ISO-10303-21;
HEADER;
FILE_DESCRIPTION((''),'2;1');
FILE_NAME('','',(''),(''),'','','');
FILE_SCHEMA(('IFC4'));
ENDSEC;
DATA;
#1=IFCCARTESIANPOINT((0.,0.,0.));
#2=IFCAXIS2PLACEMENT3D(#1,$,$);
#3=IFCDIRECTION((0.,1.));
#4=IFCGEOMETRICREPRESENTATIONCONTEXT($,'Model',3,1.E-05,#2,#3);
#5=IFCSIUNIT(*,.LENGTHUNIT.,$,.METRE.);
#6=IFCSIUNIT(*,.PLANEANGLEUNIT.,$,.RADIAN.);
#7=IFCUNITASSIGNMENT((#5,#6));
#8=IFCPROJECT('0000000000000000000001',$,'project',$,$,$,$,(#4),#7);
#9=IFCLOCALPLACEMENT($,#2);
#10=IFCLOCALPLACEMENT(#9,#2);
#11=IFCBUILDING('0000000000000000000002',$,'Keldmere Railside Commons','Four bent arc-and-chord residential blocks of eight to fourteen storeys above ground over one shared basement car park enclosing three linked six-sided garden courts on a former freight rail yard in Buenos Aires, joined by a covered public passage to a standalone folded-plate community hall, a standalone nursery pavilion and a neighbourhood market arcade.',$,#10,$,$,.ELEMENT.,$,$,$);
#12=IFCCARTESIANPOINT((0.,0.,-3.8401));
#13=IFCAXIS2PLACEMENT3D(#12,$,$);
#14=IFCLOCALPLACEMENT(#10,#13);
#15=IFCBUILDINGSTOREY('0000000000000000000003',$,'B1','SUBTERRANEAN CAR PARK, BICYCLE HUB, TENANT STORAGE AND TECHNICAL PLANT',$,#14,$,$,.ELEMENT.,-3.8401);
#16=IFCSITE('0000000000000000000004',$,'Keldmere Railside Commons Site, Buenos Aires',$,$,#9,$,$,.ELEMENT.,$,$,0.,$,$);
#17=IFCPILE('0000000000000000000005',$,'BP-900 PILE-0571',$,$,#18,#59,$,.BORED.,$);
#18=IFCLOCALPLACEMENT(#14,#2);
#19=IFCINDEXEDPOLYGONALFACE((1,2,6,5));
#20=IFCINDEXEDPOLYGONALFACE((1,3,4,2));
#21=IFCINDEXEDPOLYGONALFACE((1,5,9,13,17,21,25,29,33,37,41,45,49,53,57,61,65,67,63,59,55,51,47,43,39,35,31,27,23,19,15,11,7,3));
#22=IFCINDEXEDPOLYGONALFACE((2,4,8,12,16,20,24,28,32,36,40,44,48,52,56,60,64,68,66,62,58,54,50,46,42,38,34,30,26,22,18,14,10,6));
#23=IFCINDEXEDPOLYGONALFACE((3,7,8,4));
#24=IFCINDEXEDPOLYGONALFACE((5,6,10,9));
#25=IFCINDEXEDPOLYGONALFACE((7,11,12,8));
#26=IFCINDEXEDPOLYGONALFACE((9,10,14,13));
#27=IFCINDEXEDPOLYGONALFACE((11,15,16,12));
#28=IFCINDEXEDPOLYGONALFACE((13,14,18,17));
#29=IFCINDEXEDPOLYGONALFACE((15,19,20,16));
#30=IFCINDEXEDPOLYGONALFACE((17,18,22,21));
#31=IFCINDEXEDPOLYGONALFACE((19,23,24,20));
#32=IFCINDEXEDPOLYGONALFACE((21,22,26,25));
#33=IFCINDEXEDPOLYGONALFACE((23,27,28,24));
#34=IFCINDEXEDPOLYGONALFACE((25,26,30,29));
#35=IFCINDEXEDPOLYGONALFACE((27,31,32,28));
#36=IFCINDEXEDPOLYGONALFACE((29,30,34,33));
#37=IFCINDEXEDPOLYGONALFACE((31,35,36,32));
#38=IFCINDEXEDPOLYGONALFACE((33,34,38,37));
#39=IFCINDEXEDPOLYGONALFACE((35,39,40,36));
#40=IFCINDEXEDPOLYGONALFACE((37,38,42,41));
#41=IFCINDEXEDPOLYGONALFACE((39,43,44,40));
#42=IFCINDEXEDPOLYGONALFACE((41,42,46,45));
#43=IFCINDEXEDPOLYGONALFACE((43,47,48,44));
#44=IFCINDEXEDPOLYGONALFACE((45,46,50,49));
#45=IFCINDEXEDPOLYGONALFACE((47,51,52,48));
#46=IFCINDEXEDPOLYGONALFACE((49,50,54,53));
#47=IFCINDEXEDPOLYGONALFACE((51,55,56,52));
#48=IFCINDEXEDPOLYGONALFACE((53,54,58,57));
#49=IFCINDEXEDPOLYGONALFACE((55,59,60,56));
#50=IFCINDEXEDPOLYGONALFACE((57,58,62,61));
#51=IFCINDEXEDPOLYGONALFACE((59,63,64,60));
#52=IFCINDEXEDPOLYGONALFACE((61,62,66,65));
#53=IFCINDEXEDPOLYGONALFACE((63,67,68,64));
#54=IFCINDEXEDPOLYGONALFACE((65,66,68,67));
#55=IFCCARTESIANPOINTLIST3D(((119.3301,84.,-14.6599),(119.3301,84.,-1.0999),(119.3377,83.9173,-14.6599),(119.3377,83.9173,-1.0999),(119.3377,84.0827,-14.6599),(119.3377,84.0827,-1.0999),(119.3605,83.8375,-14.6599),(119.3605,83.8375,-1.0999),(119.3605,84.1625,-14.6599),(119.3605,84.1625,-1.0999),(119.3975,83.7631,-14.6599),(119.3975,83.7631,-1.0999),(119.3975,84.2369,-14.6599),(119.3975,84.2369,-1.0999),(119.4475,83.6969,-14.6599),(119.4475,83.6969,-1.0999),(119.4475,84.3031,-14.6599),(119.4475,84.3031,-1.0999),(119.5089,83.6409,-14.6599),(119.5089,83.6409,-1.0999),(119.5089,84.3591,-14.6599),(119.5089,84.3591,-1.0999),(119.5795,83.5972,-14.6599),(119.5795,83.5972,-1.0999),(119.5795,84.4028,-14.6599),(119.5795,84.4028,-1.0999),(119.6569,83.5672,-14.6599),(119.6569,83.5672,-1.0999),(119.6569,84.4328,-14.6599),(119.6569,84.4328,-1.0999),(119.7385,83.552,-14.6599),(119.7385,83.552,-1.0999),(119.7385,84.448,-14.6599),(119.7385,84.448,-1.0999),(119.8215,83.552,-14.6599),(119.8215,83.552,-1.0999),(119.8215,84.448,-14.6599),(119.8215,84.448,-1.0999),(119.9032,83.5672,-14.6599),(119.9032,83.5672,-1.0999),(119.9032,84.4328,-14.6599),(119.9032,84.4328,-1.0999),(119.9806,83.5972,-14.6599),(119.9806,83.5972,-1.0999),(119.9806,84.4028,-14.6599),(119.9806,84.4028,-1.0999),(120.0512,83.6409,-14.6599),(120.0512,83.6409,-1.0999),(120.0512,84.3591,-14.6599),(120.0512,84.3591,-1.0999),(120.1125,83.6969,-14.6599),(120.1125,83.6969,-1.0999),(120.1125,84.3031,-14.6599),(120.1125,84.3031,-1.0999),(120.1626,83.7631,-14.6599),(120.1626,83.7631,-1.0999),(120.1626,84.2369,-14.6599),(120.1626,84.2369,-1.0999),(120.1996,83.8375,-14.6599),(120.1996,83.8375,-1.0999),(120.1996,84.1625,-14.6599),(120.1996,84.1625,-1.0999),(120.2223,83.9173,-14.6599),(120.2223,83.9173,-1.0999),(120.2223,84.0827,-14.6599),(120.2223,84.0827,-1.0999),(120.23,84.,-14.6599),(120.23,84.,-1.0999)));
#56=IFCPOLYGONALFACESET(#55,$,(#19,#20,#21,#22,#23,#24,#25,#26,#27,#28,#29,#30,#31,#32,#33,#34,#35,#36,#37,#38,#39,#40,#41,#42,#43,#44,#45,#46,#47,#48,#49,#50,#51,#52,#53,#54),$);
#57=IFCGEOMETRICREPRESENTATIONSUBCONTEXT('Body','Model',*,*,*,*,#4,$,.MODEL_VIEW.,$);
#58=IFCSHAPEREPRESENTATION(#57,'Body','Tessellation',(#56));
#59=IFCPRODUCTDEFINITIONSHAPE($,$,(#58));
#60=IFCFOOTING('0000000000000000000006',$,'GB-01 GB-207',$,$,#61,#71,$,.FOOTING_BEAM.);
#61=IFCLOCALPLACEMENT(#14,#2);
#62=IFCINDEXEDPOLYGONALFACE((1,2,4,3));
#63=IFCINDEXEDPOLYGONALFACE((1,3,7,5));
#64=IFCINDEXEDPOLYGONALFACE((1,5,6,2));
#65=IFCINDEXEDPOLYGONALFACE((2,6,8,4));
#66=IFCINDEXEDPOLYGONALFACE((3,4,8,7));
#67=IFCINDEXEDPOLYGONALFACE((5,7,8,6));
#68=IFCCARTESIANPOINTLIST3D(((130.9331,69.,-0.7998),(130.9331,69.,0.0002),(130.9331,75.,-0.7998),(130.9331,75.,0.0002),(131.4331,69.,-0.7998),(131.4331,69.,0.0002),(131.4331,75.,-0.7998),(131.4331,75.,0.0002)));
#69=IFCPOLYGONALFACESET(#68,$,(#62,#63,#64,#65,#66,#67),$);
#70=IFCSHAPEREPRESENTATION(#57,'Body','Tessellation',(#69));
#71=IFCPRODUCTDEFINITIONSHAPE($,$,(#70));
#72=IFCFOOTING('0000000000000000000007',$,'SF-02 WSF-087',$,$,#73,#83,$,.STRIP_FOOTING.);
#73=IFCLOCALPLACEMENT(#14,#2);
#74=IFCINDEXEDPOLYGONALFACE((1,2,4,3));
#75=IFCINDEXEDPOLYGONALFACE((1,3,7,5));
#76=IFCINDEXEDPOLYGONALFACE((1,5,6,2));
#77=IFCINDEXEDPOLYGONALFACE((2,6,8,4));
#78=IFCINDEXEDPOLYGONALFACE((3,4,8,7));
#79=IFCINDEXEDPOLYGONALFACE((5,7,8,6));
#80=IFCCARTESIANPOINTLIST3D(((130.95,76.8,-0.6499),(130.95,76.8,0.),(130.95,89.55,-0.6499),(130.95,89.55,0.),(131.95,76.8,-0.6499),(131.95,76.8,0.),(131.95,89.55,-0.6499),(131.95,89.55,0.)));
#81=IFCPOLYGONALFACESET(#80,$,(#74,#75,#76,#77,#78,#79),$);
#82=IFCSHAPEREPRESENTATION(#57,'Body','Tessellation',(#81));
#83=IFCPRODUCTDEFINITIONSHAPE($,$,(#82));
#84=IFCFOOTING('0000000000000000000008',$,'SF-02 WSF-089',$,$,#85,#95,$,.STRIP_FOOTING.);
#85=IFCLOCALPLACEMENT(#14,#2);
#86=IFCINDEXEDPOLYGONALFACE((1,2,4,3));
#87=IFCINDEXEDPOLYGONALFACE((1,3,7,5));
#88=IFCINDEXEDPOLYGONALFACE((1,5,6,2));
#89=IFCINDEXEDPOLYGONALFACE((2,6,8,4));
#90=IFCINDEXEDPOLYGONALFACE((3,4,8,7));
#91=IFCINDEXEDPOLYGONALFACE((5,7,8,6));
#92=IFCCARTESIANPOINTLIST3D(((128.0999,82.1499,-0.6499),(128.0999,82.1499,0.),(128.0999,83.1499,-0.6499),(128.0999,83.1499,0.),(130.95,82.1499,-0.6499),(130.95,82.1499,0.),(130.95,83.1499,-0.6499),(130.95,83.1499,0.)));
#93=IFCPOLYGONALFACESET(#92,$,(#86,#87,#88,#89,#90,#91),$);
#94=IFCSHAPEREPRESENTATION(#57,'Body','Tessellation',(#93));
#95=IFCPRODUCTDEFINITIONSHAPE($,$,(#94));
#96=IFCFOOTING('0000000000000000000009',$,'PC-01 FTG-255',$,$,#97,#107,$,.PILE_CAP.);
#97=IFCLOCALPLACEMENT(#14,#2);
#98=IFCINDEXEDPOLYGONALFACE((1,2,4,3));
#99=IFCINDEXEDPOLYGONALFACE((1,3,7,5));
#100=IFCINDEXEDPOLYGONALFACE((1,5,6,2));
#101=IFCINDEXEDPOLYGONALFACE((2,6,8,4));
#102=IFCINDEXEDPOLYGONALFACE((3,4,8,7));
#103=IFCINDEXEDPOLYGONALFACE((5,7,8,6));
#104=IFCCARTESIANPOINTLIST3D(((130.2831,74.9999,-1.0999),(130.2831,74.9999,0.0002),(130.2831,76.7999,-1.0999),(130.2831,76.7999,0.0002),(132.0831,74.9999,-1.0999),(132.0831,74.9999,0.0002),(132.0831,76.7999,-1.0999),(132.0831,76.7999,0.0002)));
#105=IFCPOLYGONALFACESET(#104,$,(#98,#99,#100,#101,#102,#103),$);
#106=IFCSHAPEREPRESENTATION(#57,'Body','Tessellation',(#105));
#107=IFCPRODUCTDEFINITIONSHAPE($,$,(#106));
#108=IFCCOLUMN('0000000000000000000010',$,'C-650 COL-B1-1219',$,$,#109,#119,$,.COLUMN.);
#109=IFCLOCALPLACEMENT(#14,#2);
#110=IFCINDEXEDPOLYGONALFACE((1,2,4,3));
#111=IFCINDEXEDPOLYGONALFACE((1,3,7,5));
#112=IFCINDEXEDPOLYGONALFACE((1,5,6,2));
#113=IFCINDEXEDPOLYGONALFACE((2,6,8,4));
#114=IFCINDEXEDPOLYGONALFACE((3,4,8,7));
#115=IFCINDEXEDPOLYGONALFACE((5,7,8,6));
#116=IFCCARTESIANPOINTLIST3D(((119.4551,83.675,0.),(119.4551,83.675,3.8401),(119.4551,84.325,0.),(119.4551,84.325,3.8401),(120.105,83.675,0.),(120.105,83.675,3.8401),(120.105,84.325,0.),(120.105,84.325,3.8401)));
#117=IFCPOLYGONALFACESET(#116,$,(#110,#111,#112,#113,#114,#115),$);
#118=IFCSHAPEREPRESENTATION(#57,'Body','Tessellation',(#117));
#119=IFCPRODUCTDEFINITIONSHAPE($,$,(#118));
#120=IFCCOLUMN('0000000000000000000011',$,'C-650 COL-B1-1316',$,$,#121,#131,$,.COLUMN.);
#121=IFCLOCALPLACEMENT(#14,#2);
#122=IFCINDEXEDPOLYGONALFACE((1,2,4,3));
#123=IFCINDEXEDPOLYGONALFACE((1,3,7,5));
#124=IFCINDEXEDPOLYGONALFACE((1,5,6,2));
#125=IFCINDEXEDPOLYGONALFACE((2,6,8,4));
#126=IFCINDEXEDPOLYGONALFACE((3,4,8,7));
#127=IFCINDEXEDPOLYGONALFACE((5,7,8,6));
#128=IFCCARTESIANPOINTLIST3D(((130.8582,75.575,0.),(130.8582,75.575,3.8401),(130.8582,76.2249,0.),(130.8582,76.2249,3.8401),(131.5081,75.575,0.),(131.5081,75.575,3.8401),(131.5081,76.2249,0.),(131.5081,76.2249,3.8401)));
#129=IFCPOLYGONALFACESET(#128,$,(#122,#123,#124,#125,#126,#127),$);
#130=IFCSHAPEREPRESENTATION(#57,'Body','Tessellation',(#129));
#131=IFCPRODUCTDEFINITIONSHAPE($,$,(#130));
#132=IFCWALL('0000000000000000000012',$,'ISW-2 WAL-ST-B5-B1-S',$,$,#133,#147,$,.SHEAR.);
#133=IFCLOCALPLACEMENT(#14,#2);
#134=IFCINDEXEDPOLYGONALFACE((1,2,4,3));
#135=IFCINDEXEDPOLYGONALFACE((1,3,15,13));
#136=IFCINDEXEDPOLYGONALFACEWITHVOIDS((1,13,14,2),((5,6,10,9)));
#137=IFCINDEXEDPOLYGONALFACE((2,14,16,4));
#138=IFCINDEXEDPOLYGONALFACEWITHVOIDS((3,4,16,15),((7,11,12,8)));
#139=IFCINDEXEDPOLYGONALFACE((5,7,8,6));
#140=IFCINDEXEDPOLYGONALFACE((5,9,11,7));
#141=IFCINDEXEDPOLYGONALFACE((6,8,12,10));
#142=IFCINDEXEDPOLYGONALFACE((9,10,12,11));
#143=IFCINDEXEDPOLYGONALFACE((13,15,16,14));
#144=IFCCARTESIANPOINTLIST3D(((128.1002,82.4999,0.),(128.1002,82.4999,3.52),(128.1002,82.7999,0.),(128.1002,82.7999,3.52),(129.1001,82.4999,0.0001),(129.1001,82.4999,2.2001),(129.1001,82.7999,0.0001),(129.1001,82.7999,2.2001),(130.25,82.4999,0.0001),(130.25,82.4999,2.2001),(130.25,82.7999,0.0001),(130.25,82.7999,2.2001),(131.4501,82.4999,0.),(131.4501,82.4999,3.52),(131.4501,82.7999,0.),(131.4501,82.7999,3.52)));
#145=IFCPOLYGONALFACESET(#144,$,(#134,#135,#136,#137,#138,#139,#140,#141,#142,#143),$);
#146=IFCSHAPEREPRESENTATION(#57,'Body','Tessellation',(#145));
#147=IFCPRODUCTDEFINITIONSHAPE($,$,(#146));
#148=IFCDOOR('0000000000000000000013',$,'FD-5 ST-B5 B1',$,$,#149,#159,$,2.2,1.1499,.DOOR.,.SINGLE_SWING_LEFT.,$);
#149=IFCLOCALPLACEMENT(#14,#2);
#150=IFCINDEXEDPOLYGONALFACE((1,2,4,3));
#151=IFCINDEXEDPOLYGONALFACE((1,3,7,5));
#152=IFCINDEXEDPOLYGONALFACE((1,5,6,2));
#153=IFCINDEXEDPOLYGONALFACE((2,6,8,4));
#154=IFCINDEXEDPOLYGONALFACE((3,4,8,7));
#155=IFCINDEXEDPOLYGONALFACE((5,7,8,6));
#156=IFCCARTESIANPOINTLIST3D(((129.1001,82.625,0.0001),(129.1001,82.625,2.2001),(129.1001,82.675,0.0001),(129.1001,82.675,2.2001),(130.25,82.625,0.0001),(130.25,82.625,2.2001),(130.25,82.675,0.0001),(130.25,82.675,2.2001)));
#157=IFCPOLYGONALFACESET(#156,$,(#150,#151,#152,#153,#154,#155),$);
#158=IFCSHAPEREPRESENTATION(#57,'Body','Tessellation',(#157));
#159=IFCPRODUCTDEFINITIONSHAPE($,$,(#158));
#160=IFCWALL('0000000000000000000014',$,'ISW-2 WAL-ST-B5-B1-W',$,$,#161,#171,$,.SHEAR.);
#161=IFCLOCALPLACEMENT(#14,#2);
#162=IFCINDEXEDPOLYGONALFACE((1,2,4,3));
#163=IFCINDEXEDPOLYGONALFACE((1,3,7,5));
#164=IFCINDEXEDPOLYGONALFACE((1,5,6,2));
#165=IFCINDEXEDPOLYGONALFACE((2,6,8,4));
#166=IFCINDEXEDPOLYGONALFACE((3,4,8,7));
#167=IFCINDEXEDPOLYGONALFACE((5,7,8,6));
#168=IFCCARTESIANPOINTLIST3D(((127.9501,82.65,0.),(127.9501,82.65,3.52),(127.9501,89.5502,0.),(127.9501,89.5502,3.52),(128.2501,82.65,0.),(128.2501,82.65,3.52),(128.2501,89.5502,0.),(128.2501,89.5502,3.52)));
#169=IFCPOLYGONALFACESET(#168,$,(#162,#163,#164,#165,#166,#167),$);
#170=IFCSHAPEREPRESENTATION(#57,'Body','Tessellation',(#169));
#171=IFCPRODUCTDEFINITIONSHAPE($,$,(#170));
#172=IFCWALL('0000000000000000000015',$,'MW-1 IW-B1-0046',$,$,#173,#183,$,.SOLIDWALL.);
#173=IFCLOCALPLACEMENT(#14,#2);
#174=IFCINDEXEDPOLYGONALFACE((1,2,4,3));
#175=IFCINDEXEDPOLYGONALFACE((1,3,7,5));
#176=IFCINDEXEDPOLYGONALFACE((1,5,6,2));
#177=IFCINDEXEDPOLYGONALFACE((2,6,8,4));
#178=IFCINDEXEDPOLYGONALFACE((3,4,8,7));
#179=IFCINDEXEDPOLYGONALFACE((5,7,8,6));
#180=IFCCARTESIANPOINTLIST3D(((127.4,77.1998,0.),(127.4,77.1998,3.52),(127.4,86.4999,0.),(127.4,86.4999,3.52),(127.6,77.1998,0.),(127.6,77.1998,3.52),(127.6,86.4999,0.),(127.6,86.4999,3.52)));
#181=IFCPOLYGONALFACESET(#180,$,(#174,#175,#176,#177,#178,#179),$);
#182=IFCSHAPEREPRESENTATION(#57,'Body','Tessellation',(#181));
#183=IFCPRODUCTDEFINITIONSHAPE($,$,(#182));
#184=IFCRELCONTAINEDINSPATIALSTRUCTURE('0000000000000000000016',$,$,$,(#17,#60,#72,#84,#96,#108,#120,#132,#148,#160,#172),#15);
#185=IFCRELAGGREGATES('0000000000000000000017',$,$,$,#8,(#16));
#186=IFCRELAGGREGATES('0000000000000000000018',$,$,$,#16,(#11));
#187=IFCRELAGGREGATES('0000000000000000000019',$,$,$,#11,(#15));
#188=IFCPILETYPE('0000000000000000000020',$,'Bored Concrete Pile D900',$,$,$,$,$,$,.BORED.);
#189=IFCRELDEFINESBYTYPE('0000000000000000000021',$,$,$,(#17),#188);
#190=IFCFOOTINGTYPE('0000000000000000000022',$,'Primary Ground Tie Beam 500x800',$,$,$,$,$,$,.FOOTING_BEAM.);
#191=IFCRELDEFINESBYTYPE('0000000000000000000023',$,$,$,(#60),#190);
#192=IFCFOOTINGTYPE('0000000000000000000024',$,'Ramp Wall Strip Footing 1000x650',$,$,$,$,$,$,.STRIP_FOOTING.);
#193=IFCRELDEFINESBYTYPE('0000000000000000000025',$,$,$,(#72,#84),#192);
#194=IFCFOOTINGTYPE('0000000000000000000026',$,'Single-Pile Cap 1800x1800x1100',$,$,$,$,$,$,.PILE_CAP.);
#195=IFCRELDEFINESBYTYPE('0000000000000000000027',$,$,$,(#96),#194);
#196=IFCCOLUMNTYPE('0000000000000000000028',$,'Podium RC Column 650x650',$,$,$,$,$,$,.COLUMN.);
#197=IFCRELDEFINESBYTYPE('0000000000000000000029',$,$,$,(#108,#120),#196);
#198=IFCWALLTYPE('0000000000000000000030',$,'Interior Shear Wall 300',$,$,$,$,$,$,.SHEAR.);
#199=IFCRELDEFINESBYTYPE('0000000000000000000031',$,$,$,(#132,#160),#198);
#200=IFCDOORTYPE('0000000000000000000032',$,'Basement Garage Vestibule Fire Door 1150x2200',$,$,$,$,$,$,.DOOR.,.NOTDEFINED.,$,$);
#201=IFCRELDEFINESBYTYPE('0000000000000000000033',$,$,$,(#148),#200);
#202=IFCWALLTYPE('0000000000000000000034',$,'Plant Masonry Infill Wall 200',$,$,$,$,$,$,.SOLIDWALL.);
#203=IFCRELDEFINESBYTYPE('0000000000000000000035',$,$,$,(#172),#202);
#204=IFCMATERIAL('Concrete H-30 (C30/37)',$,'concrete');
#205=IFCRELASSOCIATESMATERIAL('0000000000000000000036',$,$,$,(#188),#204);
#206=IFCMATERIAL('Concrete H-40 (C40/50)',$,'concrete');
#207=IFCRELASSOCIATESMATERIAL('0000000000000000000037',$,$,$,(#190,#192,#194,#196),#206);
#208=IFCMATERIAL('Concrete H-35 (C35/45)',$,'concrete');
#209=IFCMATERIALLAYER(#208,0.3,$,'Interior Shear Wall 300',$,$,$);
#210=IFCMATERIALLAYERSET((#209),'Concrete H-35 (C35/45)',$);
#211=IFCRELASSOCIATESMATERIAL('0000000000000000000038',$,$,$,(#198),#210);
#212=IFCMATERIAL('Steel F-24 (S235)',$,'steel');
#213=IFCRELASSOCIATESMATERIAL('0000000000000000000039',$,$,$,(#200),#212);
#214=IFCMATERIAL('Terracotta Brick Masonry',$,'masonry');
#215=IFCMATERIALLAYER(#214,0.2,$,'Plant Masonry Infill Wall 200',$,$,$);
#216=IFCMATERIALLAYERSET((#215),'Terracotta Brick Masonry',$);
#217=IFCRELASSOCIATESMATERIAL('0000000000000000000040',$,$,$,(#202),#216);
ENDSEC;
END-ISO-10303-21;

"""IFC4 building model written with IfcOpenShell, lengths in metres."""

from ifc_helpers import new_model, si_unit, direction, frame, frame_2d, origin, origin_2d, place, context, subcontext, project, spatial, rectangle, circle, extrude, material, layer, layer_set, material_profile, profile_set, type_object, element, fill, save


model = new_model("IFC4")

# Units and contexts
model_context = context("Model", 3, precision=1e-05, world=origin(), true_north=direction((0.0, 1.0)))
body_context = subcontext(model_context, "Body", "Model", "MODEL_VIEW")
ifc_project = project(units=[si_unit("LENGTHUNIT", "METRE"), si_unit("PLANEANGLEUNIT", "RADIAN")], contexts=[model_context])

# Site, building, storey
site_placement = place(None, origin())
site = spatial("IfcSite", under=ifc_project, at=site_placement, Name="Keldmere Railside Commons Site, Buenos Aires", CompositionType="ELEMENT", RefElevation=0.0)
building_placement = place(site_placement, origin())
building = spatial("IfcBuilding", under=site, at=building_placement, Name="Keldmere Railside Commons", Description="Four bent arc-and-chord residential blocks of eight to fourteen storeys above ground over one shared basement car park enclosing three linked six-sided garden courts on a former freight rail yard in Buenos Aires, joined by a covered public passage to a standalone folded-plate community hall, a standalone nursery pavilion and a neighbourhood market arcade.", CompositionType="ELEMENT")
storey_placement = place(building_placement, frame((0.0, 0.0, -3.8401)))
storey = spatial("IfcBuildingStorey", under=building, at=storey_placement, Name="B1", Description="SUBTERRANEAN CAR PARK, BICYCLE HUB, TENANT STORAGE AND TECHNICAL PLANT", CompositionType="ELEMENT", Elevation=-3.8401)

# Pile
ifc_material_1 = material(Name="Concrete H-30 (C30/37)", Category="concrete")
ifc_material_profile_1 = material_profile(ifc_material_1, circle(Radius=0.45, at=origin_2d()), Name="PILE-D900")
ifc_profile_set_1 = profile_set([ifc_material_profile_1], Name="Concrete H-30 (C30/37)")
pile_type_1 = type_object("IfcPileType", Name="Bored Concrete Pile D900", PredefinedType="BORED", material=ifc_profile_set_1)
pile_1_placement = place(storey_placement, frame((119.78, 84.0, -1.0999), z_axis=(0.0, 0.0, -1.0), x_axis=(1.0, 0.0, 0.0)))
element("IfcPile", 1, at=pile_1_placement, inside=storey, type_object=pile_type_1, Name="BP-900 PILE-0571", PredefinedType="BORED", context=body_context, shape_type="SweptSolid", body=[
    extrude(circle(Radius=0.45, at=origin_2d()), origin(), (0.0, 0.0, 1.0), 13.5601),
])

# Footings
ifc_material_2 = material(Name="Concrete H-40 (C40/50)", Category="concrete")
footing_type_1 = type_object("IfcFootingType", Name="Primary Ground Tie Beam 500x800", PredefinedType="FOOTING_BEAM", material=ifc_material_2)
footing_1_placement = place(storey_placement, frame((131.1831, 72.0, -0.7998), z_axis=(0.0, 0.0, 1.0), x_axis=(0.0, 1.0, 0.0)))
element("IfcFooting", 2, at=footing_1_placement, inside=storey, type_object=footing_type_1, Name="GB-01 GB-207", PredefinedType="FOOTING_BEAM", context=body_context, shape_type="SweptSolid", body=[
    extrude(rectangle(XDim=6.0, YDim=0.5, at=origin_2d()), origin(), (0.0, 0.0, 1.0), 0.8),
])
footing_type_2 = type_object("IfcFootingType", Name="Ramp Wall Strip Footing 1000x650", PredefinedType="STRIP_FOOTING", material=ifc_material_2)
footing_2_placement = place(storey_placement, frame((131.45, 83.175, -0.6499), z_axis=(0.0, 0.0, 1.0), x_axis=(0.0, 1.0, 0.0)))
element("IfcFooting", 3, at=footing_2_placement, inside=storey, type_object=footing_type_2, Name="SF-02 WSF-087", PredefinedType="STRIP_FOOTING", context=body_context, shape_type="SweptSolid", body=[
    extrude(rectangle(XDim=12.75, YDim=1.0, at=origin_2d()), origin(), (0.0, 0.0, 1.0), 0.6499),
])
footing_3_placement = place(storey_placement, frame((129.5249, 82.6499, -0.6499), z_axis=(0.0, 0.0, 1.0), x_axis=(1.0, 0.0, 0.0)))
element("IfcFooting", 4, at=footing_3_placement, inside=storey, type_object=footing_type_2, Name="SF-02 WSF-089", PredefinedType="STRIP_FOOTING", context=body_context, shape_type="SweptSolid", body=[
    extrude(rectangle(XDim=2.8501, YDim=1.0, at=origin_2d()), origin(), (0.0, 0.0, 1.0), 0.6499),
])
footing_type_3 = type_object("IfcFootingType", Name="Single-Pile Cap 1800x1800x1100", PredefinedType="PILE_CAP", material=ifc_material_2)
footing_4_placement = place(storey_placement, frame((131.1831, 75.8999, -1.0999), z_axis=(0.0, 0.0, 1.0), x_axis=(1.0, 0.0, 0.0)))
element("IfcFooting", 5, at=footing_4_placement, inside=storey, type_object=footing_type_3, Name="PC-01 FTG-255", PredefinedType="PILE_CAP", context=body_context, shape_type="SweptSolid", body=[
    extrude(rectangle(XDim=1.8, YDim=1.8, at=origin_2d()), origin(), (0.0, 0.0, 1.0), 1.1001),
])

# Columns
ifc_material_profile_2 = material_profile(ifc_material_2, rectangle(XDim=0.6499, YDim=0.6499, at=origin_2d()), Name="RC-650x650")
ifc_profile_set_2 = profile_set([ifc_material_profile_2], Name="Concrete H-40 (C40/50)")
column_type = type_object("IfcColumnType", Name="Podium RC Column 650x650", PredefinedType="COLUMN", material=ifc_profile_set_2)
for number, where, z_axis, x_axis, name in (
    (6, (119.78, 84.0, 0.0), (0.0, 0.0, 1.0), (1.0, 0.0, 0.0), "C-650 COL-B1-1219"),
    (7, (131.1831, 75.8999, 0.0), (0.0, 0.0, 1.0), (1.0, 0.0, 0.0), "C-650 COL-B1-1316"),
):
    element("IfcColumn", number, at=place(storey_placement, frame(where, z_axis=z_axis, x_axis=x_axis)), inside=storey, type_object=column_type, Name=name, PredefinedType="COLUMN", context=body_context, shape_type="SweptSolid", body=[
        extrude(rectangle(XDim=0.6499, YDim=0.6499, at=origin_2d()), origin(), (0.0, 0.0, 1.0), 3.8401),
    ])

# Wall, opening, door
ifc_material_3 = material(Name="Concrete H-35 (C35/45)", Category="concrete")
ifc_layer_1 = layer(ifc_material_3, 0.3, Name="Interior Shear Wall 300")
ifc_layer_set_1 = layer_set([ifc_layer_1], Name="Concrete H-35 (C35/45)")
wall_type_1 = type_object("IfcWallType", Name="Interior Shear Wall 300", PredefinedType="SHEAR", material=ifc_layer_set_1)
wall_1_placement = place(storey_placement, frame((131.45, 82.6499, 0.0), z_axis=(0.0, 0.0, 1.0), x_axis=(-1.0, 0.0, 0.0)))
wall_1 = element("IfcWall", 8, at=wall_1_placement, inside=storey, type_object=wall_type_1, Name="ISW-2 WAL-ST-B5-B1-S", PredefinedType="SHEAR", context=body_context, shape_type="SweptSolid", body=[
    extrude(rectangle(XDim=3.3499, YDim=0.3, at=frame_2d((1.6748, 0.0))), origin(), (0.0, 0.0, 1.0), 3.52),
])
opening_placement = place(wall_1_placement, frame((1.2, 0.0, 0.0)))
opening = element("IfcOpeningElement", 9, at=opening_placement, cuts=wall_1, PredefinedType="OPENING", context=body_context, shape_type="SweptSolid", body=[
    extrude(rectangle(XDim=1.1499, YDim=2.2, at=frame_2d((0.575, 1.1001))), frame((0.0, 0.1599, 0.0), z_axis=(0.0, -1.0, 0.0), x_axis=(1.0, 0.0, 0.0)), (0.0, 0.0, 1.0), 0.3201),
])
ifc_material_4 = material(Name="Steel F-24 (S235)", Category="steel")
door_type = type_object("IfcDoorType", Name="Basement Garage Vestibule Fire Door 1150x2200", OperationType="NOTDEFINED", PredefinedType="DOOR", material=ifc_material_4)
door_placement = place(opening_placement, origin())
door = element("IfcDoor", 10, at=door_placement, inside=storey, type_object=door_type, Name="FD-5 ST-B5 B1", OperationType="SINGLE_SWING_LEFT", OverallHeight=2.2, OverallWidth=1.1499, PredefinedType="DOOR", context=body_context, shape_type="SweptSolid", body=[
    extrude(rectangle(XDim=1.1499, YDim=2.2, at=frame_2d((0.575, 1.1001))), frame((0.0, 0.0249, 0.0), z_axis=(0.0, -1.0, 0.0), x_axis=(1.0, 0.0, 0.0)), (0.0, 0.0, 1.0), 0.05),
])
fill(opening, door)

# Walls
wall_2_placement = place(storey_placement, frame((128.1001, 82.6499, 0.0), z_axis=(0.0, 0.0, 1.0), x_axis=(0.0, 1.0, 0.0)))
element("IfcWall", 11, at=wall_2_placement, inside=storey, type_object=wall_type_1, Name="ISW-2 WAL-ST-B5-B1-W", PredefinedType="SHEAR", context=body_context, shape_type="SweptSolid", body=[
    extrude(rectangle(XDim=6.9001, YDim=0.3, at=frame_2d((3.4502, 0.0))), origin(), (0.0, 0.0, 1.0), 3.52),
])
ifc_material_5 = material(Name="Terracotta Brick Masonry", Category="masonry")
ifc_layer_2 = layer(ifc_material_5, 0.2, Name="Plant Masonry Infill Wall 200")
ifc_layer_set_2 = layer_set([ifc_layer_2], Name="Terracotta Brick Masonry")
wall_type_2 = type_object("IfcWallType", Name="Plant Masonry Infill Wall 200", PredefinedType="SOLIDWALL", material=ifc_layer_set_2)
wall_3_placement = place(storey_placement, frame((127.5, 77.2, 0.0), z_axis=(0.0, 0.0, 1.0), x_axis=(0.0, 1.0, 0.0)))
element("IfcWall", 12, at=wall_3_placement, inside=storey, type_object=wall_type_2, Name="MW-1 IW-B1-0046", PredefinedType="SOLIDWALL", context=body_context, shape_type="SweptSolid", body=[
    extrude(rectangle(XDim=9.3, YDim=0.2, at=frame_2d((4.6499, 0.0))), origin(), (0.0, 0.0, 1.0), 3.52),
])

save(model, "model.ifc")
